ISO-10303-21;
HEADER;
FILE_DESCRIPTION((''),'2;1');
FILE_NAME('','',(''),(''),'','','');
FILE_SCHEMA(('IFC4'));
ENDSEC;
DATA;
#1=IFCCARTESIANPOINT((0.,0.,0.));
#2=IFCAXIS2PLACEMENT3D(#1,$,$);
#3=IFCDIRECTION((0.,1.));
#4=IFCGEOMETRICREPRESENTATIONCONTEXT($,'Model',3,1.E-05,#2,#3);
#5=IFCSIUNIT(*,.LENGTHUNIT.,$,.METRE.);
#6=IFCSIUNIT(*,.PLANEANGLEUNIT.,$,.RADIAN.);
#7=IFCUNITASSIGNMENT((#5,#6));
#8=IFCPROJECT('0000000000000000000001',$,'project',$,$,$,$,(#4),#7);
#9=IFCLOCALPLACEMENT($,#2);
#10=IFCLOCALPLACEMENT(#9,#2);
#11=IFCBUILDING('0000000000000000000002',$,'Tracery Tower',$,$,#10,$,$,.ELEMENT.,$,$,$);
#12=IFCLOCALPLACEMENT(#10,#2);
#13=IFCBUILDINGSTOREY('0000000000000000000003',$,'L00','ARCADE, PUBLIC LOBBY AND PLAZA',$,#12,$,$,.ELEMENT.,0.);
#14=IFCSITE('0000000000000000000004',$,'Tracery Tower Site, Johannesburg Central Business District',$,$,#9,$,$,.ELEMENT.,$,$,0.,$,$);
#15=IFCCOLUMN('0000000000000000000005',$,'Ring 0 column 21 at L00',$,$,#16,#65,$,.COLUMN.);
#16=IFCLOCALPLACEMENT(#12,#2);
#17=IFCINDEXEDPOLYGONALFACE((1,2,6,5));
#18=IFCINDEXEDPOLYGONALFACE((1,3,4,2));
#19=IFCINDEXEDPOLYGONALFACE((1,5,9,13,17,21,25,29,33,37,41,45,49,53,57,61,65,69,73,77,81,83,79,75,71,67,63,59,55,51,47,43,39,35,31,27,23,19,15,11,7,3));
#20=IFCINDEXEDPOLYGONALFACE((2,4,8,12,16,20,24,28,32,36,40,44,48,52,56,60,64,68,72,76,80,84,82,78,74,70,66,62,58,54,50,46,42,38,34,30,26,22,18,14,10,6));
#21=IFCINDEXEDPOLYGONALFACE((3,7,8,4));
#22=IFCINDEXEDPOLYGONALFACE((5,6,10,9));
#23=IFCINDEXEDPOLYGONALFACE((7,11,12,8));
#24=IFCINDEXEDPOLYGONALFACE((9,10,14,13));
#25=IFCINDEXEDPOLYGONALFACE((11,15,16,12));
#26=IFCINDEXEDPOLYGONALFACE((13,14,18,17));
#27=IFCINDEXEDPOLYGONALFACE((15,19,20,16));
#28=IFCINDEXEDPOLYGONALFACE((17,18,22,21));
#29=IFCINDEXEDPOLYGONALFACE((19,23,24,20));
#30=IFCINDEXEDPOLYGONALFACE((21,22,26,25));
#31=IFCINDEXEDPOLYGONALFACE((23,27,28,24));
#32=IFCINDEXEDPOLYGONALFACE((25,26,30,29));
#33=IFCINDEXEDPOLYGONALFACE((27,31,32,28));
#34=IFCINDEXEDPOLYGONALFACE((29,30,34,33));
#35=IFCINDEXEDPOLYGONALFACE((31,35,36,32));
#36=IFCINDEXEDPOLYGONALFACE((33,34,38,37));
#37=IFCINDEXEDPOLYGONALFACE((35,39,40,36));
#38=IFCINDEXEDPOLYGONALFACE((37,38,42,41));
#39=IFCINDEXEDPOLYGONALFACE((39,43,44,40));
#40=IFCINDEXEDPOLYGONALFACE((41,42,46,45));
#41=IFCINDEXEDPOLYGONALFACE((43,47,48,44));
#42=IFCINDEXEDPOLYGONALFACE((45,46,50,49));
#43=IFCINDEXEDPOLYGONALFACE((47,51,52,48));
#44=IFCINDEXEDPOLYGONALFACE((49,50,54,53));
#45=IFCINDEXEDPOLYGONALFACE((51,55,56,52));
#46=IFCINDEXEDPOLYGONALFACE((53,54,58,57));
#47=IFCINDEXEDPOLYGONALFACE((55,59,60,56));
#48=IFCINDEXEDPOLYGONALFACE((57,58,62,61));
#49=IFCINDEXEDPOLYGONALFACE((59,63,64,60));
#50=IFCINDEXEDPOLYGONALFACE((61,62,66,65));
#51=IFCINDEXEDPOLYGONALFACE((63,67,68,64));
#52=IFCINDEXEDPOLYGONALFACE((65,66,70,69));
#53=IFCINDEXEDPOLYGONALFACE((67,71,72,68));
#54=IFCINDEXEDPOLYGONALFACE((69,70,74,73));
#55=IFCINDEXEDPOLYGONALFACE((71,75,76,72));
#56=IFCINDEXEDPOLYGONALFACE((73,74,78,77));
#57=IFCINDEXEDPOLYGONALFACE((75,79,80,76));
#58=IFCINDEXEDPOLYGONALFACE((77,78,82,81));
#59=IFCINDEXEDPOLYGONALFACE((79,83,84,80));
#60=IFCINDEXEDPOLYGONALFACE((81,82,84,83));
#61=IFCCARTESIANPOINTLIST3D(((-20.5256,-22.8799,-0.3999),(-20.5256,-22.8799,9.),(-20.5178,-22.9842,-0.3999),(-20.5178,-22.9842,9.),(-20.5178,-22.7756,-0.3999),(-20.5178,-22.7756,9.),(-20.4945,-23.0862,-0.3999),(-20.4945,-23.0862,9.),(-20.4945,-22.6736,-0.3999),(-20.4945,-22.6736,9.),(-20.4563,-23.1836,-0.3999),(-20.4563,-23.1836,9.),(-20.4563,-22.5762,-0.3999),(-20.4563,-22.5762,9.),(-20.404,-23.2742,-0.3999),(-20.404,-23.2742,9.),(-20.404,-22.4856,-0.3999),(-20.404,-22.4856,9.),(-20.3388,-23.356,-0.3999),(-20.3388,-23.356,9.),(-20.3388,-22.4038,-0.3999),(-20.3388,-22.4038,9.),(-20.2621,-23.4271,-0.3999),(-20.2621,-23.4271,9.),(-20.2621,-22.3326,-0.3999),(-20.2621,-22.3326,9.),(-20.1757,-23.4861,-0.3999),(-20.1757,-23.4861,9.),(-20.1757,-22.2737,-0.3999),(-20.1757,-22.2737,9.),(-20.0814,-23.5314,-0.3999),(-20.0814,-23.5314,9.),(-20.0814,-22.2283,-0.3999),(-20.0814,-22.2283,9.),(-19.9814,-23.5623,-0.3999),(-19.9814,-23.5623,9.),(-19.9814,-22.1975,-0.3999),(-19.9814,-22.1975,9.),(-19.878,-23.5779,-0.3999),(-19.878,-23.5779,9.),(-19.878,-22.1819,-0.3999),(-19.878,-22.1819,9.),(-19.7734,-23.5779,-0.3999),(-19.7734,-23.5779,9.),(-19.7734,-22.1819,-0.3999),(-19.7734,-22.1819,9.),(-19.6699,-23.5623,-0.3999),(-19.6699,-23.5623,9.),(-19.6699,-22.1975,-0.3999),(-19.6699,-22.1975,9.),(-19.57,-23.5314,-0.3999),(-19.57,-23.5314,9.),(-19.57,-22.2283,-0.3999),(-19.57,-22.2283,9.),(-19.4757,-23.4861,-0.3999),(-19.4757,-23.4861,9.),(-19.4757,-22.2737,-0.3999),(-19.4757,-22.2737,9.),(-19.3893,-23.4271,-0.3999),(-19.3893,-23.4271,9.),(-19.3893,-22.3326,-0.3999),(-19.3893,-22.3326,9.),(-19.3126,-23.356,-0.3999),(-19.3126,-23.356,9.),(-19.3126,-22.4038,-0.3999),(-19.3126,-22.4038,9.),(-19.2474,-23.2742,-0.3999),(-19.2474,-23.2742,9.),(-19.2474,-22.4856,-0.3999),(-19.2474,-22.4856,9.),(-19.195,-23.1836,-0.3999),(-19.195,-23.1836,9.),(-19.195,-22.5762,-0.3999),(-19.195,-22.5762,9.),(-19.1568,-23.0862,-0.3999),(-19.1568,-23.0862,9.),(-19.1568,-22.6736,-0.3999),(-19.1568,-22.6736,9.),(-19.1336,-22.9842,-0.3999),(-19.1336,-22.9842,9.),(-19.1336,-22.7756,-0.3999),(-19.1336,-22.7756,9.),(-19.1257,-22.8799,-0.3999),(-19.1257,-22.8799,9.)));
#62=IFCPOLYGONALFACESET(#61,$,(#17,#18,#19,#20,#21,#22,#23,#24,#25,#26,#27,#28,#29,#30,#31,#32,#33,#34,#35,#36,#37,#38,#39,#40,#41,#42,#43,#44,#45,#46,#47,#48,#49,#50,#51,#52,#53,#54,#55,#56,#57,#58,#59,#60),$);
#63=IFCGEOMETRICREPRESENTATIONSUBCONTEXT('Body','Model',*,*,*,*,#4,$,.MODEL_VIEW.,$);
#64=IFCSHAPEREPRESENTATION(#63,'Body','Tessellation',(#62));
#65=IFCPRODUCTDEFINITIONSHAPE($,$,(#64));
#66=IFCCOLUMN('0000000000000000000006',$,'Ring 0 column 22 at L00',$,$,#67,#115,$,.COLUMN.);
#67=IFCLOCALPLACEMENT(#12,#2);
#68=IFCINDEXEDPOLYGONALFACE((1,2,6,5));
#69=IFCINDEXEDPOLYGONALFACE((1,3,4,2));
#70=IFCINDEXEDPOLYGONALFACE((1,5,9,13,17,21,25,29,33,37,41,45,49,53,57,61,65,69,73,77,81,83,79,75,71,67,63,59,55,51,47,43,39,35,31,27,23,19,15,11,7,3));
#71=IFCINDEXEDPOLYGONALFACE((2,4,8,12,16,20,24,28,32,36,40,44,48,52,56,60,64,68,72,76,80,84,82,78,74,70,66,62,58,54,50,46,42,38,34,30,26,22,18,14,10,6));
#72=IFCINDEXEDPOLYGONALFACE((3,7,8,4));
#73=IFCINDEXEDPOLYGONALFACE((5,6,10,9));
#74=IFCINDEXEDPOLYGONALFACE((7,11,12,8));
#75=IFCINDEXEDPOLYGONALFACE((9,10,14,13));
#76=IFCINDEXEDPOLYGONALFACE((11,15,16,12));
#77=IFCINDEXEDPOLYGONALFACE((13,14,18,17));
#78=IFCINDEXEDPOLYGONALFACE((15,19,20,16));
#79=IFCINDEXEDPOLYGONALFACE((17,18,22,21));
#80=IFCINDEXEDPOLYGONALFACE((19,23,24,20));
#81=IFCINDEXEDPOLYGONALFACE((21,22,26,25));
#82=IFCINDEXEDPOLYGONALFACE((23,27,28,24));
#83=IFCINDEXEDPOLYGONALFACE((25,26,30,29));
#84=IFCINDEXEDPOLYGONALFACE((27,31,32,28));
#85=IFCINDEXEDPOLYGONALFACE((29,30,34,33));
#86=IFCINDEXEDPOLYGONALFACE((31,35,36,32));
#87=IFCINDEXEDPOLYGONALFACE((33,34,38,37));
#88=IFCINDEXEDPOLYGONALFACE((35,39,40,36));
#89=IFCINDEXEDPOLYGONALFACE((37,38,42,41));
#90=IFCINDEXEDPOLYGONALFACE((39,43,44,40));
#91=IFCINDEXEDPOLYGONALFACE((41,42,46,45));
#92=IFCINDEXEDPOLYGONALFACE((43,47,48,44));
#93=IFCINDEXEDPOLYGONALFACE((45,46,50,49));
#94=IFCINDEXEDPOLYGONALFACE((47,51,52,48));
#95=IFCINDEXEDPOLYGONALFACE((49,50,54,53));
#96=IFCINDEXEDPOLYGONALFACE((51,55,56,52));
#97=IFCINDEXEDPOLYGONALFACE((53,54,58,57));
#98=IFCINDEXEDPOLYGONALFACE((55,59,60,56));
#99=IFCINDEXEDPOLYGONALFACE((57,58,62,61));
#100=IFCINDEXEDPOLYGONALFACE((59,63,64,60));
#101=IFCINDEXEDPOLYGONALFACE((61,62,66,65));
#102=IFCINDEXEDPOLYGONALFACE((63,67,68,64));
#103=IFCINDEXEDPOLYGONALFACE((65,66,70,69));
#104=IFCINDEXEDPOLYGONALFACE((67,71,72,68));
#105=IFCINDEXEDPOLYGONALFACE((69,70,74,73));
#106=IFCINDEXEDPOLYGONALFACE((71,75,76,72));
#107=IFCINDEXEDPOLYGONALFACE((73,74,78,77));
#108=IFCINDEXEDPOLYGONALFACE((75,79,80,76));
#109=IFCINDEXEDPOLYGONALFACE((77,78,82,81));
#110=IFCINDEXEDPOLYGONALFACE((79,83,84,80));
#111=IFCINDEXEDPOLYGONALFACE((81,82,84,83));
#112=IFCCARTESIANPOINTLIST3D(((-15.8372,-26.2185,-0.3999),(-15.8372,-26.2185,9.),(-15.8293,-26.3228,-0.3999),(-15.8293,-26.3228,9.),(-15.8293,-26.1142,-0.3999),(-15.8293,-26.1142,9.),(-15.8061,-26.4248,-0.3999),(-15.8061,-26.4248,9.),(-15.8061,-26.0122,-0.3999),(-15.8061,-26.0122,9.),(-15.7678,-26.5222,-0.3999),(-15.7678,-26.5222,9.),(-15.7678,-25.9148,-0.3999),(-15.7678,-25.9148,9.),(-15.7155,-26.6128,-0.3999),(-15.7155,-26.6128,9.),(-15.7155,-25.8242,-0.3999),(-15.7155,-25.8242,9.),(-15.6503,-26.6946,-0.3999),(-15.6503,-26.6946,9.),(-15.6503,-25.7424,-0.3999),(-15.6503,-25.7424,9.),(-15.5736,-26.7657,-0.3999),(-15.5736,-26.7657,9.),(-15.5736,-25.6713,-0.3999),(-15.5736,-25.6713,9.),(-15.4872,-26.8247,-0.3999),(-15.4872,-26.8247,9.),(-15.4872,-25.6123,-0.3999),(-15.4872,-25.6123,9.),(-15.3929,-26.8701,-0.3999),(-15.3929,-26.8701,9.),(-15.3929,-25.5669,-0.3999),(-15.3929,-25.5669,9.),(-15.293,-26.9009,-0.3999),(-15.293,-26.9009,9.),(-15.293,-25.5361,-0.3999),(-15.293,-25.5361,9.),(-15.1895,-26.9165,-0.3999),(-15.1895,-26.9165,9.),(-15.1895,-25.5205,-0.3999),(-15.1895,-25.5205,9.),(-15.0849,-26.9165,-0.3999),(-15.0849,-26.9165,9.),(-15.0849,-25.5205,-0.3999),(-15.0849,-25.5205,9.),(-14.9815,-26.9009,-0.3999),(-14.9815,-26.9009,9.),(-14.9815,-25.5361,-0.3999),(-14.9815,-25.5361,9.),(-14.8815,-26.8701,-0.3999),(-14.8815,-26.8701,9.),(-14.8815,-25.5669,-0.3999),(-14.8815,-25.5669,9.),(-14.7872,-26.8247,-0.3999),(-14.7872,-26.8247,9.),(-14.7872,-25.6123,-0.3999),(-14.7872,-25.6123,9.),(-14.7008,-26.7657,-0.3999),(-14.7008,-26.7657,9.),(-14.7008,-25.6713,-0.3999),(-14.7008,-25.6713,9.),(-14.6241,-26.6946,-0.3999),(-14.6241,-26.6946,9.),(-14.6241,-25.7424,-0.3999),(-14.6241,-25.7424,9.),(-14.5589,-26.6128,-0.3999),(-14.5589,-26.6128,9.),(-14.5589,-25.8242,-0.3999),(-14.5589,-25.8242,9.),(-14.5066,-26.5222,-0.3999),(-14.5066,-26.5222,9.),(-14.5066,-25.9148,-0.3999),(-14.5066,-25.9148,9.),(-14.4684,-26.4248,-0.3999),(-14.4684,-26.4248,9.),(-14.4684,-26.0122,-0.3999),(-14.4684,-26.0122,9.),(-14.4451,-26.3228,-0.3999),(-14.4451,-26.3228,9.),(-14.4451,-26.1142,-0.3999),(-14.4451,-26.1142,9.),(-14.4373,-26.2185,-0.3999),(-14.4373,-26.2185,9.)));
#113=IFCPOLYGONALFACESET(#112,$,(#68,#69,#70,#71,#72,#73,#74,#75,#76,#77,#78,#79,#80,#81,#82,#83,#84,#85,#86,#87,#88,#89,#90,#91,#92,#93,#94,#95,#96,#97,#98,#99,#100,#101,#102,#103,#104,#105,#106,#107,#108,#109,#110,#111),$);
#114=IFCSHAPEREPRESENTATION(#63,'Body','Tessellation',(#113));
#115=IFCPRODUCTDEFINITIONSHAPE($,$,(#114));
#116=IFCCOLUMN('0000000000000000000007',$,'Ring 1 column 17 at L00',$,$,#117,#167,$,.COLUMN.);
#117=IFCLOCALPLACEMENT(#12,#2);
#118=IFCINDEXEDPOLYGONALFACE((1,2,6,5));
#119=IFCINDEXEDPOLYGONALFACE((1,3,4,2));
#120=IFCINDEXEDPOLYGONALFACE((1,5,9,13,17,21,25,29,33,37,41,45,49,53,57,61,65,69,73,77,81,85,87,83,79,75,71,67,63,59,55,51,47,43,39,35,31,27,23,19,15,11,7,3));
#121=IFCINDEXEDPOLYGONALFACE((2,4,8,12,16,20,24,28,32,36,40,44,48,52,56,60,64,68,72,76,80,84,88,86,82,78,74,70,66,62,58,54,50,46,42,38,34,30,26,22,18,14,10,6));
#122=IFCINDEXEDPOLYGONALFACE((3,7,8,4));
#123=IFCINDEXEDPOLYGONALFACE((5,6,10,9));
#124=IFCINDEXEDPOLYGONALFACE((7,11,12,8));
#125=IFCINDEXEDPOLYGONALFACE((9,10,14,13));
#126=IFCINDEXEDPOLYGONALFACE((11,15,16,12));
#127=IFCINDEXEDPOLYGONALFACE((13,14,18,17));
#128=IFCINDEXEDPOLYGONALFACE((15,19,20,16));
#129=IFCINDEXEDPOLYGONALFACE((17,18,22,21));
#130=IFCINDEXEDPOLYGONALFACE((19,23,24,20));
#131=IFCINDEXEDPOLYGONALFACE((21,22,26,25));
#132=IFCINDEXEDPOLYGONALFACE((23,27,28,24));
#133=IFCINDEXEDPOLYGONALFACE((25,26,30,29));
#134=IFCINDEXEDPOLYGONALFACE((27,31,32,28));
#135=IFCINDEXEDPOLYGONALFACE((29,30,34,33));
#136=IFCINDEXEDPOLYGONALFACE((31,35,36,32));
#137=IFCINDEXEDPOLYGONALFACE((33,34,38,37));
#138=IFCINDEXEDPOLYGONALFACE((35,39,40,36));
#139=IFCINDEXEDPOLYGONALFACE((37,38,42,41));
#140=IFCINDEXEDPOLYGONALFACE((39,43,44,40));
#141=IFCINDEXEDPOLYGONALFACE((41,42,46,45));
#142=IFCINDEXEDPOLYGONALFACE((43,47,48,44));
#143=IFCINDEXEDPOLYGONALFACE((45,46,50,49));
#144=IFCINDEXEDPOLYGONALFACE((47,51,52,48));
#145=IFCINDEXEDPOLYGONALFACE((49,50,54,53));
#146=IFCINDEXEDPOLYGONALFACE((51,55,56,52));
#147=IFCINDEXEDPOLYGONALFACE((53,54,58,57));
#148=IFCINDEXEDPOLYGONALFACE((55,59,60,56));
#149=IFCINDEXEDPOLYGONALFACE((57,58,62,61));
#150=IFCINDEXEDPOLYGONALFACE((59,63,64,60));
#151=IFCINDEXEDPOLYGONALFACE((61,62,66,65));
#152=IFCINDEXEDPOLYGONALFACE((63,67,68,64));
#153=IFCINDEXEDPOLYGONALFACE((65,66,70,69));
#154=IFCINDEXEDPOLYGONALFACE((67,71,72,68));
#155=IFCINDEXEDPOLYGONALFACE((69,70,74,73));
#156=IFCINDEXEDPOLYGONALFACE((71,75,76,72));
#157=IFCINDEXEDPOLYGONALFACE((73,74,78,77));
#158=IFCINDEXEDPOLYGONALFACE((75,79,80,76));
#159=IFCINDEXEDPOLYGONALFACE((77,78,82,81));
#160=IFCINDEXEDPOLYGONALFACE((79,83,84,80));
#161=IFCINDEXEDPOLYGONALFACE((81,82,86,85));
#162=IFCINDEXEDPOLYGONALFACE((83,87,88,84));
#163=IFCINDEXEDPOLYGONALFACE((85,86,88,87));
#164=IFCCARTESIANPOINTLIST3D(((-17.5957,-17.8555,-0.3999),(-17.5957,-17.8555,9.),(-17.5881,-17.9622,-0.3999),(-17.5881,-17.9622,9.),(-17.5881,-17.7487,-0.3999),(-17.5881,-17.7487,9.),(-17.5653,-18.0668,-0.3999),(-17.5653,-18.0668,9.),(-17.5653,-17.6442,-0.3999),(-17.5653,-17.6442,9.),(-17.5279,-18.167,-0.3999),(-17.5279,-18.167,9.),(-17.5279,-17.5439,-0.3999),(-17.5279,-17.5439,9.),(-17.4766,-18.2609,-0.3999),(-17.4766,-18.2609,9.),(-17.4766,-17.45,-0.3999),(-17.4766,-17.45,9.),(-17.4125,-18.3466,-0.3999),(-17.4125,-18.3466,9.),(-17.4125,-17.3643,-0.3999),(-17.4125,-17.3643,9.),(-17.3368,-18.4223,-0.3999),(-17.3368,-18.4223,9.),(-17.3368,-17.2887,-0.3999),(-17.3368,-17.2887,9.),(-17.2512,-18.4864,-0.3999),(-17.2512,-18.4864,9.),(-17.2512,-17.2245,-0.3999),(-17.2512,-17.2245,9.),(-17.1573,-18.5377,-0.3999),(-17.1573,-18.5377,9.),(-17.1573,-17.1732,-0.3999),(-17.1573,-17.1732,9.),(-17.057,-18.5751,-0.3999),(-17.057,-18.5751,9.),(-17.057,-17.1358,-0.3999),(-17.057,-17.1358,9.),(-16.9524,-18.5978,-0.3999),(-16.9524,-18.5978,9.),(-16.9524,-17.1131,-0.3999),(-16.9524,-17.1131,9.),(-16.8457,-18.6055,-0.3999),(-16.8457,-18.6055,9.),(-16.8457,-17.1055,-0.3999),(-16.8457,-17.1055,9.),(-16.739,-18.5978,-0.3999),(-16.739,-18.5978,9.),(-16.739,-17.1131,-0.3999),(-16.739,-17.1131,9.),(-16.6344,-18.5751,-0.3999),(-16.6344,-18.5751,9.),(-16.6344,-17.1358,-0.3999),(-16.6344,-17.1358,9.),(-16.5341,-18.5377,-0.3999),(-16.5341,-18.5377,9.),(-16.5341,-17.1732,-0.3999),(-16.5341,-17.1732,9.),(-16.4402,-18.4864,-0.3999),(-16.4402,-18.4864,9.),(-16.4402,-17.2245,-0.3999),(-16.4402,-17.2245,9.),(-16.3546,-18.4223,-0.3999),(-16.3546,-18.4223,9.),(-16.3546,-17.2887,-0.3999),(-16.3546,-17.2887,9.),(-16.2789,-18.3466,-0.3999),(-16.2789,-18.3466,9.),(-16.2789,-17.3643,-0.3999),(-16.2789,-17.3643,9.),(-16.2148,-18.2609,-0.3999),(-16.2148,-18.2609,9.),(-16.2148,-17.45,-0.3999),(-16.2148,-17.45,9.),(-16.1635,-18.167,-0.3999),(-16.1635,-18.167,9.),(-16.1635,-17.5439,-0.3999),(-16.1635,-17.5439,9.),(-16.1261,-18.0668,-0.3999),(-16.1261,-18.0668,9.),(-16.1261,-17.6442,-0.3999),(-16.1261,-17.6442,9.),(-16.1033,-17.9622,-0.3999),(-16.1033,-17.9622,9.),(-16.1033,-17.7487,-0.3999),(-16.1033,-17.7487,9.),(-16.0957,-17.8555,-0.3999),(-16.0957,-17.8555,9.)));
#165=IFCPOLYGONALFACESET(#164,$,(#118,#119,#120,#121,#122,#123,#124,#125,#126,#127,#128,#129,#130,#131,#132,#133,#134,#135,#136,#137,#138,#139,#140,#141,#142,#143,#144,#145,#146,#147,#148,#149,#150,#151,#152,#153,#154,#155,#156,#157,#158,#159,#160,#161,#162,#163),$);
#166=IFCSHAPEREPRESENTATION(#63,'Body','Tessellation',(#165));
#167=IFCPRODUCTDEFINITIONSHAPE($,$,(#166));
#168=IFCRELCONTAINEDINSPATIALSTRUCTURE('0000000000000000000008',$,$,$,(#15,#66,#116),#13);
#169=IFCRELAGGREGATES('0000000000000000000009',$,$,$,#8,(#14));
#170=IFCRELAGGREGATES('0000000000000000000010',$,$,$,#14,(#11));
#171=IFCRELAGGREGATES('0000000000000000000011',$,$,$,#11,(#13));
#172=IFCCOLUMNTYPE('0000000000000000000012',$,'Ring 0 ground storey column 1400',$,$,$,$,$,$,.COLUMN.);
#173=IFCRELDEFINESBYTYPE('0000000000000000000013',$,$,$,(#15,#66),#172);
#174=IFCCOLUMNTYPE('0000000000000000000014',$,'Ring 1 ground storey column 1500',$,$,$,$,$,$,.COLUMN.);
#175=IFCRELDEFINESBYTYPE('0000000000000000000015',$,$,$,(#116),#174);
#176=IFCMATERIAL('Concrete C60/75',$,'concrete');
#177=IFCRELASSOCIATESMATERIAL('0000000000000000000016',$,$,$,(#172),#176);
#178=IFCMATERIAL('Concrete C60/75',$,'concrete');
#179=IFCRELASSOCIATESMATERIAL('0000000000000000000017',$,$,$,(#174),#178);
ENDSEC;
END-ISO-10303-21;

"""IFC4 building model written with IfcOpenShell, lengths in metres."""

from ifc_helpers import new_model, si_unit, direction, frame, origin, origin_2d, place, context, subcontext, project, spatial, circle, extrude, material, material_profile, profile_set, type_object, element, save


model = new_model("IFC4")

# Units and contexts
model_context = context("Model", 3, precision=1e-05, world=origin(), true_north=direction((0.0, 1.0)))
body_context = subcontext(model_context, "Body", "Model", "MODEL_VIEW")
ifc_project = project(units=[si_unit("LENGTHUNIT", "METRE"), si_unit("PLANEANGLEUNIT", "RADIAN")], contexts=[model_context])

# Site, building, storey
site_placement = place(None, origin())
site = spatial("IfcSite", under=ifc_project, at=site_placement, Name="Tracery Tower Site, Johannesburg Central Business District", CompositionType="ELEMENT", RefElevation=0.0)
building_placement = place(site_placement, origin())
building = spatial("IfcBuilding", under=site, at=building_placement, Name="Tracery Tower", CompositionType="ELEMENT")
storey_placement = place(building_placement, origin())
storey = spatial("IfcBuildingStorey", under=building, at=storey_placement, Name="L00", Description="ARCADE, PUBLIC LOBBY AND PLAZA", CompositionType="ELEMENT", Elevation=0.0)

# Columns
ifc_material_1 = material(Name="Concrete C60/75", Category="concrete")
ifc_material_profile_1 = material_profile(ifc_material_1, circle(Radius=0.7, at=origin_2d()), Name="RC D1400")
ifc_profile_set_1 = profile_set([ifc_material_profile_1], Name="Concrete C60/75")
column_type_1 = type_object("IfcColumnType", Name="Ring 0 ground storey column 1400", PredefinedType="COLUMN", material=ifc_profile_set_1)
for number, where, z_axis, x_axis, name in (
    (1, (-19.8257, -22.8799, -0.3999), (0.0, 0.0, 1.0), (1.0, 0.0, 0.0), "Ring 0 column 21 at L00"),
    (2, (-15.1372, -26.2185, -0.3999), (0.0, 0.0, 1.0), (1.0, 0.0, 0.0), "Ring 0 column 22 at L00"),
):
    element("IfcColumn", number, at=place(storey_placement, frame(where, z_axis=z_axis, x_axis=x_axis)), inside=storey, type_object=column_type_1, Name=name, PredefinedType="COLUMN", context=body_context, shape_type="SweptSolid", body=[
        extrude(circle(Radius=0.7, at=origin_2d()), origin(), (0.0, 0.0, 1.0), 9.3999),
    ])
ifc_material_2 = material(Name="Concrete C60/75", Category="concrete")
ifc_material_profile_2 = material_profile(ifc_material_2, circle(Radius=0.75, at=origin_2d()), Name="RC D1500")
ifc_profile_set_2 = profile_set([ifc_material_profile_2], Name="Concrete C60/75")
column_type_2 = type_object("IfcColumnType", Name="Ring 1 ground storey column 1500", PredefinedType="COLUMN", material=ifc_profile_set_2)
for number, where, z_axis, x_axis, name in (
    (3, (-16.8457, -17.8555, -0.3999), (0.0, 0.0, 1.0), (1.0, 0.0, 0.0), "Ring 1 column 17 at L00"),
):
    element("IfcColumn", number, at=place(storey_placement, frame(where, z_axis=z_axis, x_axis=x_axis)), inside=storey, type_object=column_type_2, Name=name, PredefinedType="COLUMN", context=body_context, shape_type="SweptSolid", body=[
        extrude(circle(Radius=0.75, at=origin_2d()), origin(), (0.0, 0.0, 1.0), 9.3999),
    ])

save(model, "model.ifc")
